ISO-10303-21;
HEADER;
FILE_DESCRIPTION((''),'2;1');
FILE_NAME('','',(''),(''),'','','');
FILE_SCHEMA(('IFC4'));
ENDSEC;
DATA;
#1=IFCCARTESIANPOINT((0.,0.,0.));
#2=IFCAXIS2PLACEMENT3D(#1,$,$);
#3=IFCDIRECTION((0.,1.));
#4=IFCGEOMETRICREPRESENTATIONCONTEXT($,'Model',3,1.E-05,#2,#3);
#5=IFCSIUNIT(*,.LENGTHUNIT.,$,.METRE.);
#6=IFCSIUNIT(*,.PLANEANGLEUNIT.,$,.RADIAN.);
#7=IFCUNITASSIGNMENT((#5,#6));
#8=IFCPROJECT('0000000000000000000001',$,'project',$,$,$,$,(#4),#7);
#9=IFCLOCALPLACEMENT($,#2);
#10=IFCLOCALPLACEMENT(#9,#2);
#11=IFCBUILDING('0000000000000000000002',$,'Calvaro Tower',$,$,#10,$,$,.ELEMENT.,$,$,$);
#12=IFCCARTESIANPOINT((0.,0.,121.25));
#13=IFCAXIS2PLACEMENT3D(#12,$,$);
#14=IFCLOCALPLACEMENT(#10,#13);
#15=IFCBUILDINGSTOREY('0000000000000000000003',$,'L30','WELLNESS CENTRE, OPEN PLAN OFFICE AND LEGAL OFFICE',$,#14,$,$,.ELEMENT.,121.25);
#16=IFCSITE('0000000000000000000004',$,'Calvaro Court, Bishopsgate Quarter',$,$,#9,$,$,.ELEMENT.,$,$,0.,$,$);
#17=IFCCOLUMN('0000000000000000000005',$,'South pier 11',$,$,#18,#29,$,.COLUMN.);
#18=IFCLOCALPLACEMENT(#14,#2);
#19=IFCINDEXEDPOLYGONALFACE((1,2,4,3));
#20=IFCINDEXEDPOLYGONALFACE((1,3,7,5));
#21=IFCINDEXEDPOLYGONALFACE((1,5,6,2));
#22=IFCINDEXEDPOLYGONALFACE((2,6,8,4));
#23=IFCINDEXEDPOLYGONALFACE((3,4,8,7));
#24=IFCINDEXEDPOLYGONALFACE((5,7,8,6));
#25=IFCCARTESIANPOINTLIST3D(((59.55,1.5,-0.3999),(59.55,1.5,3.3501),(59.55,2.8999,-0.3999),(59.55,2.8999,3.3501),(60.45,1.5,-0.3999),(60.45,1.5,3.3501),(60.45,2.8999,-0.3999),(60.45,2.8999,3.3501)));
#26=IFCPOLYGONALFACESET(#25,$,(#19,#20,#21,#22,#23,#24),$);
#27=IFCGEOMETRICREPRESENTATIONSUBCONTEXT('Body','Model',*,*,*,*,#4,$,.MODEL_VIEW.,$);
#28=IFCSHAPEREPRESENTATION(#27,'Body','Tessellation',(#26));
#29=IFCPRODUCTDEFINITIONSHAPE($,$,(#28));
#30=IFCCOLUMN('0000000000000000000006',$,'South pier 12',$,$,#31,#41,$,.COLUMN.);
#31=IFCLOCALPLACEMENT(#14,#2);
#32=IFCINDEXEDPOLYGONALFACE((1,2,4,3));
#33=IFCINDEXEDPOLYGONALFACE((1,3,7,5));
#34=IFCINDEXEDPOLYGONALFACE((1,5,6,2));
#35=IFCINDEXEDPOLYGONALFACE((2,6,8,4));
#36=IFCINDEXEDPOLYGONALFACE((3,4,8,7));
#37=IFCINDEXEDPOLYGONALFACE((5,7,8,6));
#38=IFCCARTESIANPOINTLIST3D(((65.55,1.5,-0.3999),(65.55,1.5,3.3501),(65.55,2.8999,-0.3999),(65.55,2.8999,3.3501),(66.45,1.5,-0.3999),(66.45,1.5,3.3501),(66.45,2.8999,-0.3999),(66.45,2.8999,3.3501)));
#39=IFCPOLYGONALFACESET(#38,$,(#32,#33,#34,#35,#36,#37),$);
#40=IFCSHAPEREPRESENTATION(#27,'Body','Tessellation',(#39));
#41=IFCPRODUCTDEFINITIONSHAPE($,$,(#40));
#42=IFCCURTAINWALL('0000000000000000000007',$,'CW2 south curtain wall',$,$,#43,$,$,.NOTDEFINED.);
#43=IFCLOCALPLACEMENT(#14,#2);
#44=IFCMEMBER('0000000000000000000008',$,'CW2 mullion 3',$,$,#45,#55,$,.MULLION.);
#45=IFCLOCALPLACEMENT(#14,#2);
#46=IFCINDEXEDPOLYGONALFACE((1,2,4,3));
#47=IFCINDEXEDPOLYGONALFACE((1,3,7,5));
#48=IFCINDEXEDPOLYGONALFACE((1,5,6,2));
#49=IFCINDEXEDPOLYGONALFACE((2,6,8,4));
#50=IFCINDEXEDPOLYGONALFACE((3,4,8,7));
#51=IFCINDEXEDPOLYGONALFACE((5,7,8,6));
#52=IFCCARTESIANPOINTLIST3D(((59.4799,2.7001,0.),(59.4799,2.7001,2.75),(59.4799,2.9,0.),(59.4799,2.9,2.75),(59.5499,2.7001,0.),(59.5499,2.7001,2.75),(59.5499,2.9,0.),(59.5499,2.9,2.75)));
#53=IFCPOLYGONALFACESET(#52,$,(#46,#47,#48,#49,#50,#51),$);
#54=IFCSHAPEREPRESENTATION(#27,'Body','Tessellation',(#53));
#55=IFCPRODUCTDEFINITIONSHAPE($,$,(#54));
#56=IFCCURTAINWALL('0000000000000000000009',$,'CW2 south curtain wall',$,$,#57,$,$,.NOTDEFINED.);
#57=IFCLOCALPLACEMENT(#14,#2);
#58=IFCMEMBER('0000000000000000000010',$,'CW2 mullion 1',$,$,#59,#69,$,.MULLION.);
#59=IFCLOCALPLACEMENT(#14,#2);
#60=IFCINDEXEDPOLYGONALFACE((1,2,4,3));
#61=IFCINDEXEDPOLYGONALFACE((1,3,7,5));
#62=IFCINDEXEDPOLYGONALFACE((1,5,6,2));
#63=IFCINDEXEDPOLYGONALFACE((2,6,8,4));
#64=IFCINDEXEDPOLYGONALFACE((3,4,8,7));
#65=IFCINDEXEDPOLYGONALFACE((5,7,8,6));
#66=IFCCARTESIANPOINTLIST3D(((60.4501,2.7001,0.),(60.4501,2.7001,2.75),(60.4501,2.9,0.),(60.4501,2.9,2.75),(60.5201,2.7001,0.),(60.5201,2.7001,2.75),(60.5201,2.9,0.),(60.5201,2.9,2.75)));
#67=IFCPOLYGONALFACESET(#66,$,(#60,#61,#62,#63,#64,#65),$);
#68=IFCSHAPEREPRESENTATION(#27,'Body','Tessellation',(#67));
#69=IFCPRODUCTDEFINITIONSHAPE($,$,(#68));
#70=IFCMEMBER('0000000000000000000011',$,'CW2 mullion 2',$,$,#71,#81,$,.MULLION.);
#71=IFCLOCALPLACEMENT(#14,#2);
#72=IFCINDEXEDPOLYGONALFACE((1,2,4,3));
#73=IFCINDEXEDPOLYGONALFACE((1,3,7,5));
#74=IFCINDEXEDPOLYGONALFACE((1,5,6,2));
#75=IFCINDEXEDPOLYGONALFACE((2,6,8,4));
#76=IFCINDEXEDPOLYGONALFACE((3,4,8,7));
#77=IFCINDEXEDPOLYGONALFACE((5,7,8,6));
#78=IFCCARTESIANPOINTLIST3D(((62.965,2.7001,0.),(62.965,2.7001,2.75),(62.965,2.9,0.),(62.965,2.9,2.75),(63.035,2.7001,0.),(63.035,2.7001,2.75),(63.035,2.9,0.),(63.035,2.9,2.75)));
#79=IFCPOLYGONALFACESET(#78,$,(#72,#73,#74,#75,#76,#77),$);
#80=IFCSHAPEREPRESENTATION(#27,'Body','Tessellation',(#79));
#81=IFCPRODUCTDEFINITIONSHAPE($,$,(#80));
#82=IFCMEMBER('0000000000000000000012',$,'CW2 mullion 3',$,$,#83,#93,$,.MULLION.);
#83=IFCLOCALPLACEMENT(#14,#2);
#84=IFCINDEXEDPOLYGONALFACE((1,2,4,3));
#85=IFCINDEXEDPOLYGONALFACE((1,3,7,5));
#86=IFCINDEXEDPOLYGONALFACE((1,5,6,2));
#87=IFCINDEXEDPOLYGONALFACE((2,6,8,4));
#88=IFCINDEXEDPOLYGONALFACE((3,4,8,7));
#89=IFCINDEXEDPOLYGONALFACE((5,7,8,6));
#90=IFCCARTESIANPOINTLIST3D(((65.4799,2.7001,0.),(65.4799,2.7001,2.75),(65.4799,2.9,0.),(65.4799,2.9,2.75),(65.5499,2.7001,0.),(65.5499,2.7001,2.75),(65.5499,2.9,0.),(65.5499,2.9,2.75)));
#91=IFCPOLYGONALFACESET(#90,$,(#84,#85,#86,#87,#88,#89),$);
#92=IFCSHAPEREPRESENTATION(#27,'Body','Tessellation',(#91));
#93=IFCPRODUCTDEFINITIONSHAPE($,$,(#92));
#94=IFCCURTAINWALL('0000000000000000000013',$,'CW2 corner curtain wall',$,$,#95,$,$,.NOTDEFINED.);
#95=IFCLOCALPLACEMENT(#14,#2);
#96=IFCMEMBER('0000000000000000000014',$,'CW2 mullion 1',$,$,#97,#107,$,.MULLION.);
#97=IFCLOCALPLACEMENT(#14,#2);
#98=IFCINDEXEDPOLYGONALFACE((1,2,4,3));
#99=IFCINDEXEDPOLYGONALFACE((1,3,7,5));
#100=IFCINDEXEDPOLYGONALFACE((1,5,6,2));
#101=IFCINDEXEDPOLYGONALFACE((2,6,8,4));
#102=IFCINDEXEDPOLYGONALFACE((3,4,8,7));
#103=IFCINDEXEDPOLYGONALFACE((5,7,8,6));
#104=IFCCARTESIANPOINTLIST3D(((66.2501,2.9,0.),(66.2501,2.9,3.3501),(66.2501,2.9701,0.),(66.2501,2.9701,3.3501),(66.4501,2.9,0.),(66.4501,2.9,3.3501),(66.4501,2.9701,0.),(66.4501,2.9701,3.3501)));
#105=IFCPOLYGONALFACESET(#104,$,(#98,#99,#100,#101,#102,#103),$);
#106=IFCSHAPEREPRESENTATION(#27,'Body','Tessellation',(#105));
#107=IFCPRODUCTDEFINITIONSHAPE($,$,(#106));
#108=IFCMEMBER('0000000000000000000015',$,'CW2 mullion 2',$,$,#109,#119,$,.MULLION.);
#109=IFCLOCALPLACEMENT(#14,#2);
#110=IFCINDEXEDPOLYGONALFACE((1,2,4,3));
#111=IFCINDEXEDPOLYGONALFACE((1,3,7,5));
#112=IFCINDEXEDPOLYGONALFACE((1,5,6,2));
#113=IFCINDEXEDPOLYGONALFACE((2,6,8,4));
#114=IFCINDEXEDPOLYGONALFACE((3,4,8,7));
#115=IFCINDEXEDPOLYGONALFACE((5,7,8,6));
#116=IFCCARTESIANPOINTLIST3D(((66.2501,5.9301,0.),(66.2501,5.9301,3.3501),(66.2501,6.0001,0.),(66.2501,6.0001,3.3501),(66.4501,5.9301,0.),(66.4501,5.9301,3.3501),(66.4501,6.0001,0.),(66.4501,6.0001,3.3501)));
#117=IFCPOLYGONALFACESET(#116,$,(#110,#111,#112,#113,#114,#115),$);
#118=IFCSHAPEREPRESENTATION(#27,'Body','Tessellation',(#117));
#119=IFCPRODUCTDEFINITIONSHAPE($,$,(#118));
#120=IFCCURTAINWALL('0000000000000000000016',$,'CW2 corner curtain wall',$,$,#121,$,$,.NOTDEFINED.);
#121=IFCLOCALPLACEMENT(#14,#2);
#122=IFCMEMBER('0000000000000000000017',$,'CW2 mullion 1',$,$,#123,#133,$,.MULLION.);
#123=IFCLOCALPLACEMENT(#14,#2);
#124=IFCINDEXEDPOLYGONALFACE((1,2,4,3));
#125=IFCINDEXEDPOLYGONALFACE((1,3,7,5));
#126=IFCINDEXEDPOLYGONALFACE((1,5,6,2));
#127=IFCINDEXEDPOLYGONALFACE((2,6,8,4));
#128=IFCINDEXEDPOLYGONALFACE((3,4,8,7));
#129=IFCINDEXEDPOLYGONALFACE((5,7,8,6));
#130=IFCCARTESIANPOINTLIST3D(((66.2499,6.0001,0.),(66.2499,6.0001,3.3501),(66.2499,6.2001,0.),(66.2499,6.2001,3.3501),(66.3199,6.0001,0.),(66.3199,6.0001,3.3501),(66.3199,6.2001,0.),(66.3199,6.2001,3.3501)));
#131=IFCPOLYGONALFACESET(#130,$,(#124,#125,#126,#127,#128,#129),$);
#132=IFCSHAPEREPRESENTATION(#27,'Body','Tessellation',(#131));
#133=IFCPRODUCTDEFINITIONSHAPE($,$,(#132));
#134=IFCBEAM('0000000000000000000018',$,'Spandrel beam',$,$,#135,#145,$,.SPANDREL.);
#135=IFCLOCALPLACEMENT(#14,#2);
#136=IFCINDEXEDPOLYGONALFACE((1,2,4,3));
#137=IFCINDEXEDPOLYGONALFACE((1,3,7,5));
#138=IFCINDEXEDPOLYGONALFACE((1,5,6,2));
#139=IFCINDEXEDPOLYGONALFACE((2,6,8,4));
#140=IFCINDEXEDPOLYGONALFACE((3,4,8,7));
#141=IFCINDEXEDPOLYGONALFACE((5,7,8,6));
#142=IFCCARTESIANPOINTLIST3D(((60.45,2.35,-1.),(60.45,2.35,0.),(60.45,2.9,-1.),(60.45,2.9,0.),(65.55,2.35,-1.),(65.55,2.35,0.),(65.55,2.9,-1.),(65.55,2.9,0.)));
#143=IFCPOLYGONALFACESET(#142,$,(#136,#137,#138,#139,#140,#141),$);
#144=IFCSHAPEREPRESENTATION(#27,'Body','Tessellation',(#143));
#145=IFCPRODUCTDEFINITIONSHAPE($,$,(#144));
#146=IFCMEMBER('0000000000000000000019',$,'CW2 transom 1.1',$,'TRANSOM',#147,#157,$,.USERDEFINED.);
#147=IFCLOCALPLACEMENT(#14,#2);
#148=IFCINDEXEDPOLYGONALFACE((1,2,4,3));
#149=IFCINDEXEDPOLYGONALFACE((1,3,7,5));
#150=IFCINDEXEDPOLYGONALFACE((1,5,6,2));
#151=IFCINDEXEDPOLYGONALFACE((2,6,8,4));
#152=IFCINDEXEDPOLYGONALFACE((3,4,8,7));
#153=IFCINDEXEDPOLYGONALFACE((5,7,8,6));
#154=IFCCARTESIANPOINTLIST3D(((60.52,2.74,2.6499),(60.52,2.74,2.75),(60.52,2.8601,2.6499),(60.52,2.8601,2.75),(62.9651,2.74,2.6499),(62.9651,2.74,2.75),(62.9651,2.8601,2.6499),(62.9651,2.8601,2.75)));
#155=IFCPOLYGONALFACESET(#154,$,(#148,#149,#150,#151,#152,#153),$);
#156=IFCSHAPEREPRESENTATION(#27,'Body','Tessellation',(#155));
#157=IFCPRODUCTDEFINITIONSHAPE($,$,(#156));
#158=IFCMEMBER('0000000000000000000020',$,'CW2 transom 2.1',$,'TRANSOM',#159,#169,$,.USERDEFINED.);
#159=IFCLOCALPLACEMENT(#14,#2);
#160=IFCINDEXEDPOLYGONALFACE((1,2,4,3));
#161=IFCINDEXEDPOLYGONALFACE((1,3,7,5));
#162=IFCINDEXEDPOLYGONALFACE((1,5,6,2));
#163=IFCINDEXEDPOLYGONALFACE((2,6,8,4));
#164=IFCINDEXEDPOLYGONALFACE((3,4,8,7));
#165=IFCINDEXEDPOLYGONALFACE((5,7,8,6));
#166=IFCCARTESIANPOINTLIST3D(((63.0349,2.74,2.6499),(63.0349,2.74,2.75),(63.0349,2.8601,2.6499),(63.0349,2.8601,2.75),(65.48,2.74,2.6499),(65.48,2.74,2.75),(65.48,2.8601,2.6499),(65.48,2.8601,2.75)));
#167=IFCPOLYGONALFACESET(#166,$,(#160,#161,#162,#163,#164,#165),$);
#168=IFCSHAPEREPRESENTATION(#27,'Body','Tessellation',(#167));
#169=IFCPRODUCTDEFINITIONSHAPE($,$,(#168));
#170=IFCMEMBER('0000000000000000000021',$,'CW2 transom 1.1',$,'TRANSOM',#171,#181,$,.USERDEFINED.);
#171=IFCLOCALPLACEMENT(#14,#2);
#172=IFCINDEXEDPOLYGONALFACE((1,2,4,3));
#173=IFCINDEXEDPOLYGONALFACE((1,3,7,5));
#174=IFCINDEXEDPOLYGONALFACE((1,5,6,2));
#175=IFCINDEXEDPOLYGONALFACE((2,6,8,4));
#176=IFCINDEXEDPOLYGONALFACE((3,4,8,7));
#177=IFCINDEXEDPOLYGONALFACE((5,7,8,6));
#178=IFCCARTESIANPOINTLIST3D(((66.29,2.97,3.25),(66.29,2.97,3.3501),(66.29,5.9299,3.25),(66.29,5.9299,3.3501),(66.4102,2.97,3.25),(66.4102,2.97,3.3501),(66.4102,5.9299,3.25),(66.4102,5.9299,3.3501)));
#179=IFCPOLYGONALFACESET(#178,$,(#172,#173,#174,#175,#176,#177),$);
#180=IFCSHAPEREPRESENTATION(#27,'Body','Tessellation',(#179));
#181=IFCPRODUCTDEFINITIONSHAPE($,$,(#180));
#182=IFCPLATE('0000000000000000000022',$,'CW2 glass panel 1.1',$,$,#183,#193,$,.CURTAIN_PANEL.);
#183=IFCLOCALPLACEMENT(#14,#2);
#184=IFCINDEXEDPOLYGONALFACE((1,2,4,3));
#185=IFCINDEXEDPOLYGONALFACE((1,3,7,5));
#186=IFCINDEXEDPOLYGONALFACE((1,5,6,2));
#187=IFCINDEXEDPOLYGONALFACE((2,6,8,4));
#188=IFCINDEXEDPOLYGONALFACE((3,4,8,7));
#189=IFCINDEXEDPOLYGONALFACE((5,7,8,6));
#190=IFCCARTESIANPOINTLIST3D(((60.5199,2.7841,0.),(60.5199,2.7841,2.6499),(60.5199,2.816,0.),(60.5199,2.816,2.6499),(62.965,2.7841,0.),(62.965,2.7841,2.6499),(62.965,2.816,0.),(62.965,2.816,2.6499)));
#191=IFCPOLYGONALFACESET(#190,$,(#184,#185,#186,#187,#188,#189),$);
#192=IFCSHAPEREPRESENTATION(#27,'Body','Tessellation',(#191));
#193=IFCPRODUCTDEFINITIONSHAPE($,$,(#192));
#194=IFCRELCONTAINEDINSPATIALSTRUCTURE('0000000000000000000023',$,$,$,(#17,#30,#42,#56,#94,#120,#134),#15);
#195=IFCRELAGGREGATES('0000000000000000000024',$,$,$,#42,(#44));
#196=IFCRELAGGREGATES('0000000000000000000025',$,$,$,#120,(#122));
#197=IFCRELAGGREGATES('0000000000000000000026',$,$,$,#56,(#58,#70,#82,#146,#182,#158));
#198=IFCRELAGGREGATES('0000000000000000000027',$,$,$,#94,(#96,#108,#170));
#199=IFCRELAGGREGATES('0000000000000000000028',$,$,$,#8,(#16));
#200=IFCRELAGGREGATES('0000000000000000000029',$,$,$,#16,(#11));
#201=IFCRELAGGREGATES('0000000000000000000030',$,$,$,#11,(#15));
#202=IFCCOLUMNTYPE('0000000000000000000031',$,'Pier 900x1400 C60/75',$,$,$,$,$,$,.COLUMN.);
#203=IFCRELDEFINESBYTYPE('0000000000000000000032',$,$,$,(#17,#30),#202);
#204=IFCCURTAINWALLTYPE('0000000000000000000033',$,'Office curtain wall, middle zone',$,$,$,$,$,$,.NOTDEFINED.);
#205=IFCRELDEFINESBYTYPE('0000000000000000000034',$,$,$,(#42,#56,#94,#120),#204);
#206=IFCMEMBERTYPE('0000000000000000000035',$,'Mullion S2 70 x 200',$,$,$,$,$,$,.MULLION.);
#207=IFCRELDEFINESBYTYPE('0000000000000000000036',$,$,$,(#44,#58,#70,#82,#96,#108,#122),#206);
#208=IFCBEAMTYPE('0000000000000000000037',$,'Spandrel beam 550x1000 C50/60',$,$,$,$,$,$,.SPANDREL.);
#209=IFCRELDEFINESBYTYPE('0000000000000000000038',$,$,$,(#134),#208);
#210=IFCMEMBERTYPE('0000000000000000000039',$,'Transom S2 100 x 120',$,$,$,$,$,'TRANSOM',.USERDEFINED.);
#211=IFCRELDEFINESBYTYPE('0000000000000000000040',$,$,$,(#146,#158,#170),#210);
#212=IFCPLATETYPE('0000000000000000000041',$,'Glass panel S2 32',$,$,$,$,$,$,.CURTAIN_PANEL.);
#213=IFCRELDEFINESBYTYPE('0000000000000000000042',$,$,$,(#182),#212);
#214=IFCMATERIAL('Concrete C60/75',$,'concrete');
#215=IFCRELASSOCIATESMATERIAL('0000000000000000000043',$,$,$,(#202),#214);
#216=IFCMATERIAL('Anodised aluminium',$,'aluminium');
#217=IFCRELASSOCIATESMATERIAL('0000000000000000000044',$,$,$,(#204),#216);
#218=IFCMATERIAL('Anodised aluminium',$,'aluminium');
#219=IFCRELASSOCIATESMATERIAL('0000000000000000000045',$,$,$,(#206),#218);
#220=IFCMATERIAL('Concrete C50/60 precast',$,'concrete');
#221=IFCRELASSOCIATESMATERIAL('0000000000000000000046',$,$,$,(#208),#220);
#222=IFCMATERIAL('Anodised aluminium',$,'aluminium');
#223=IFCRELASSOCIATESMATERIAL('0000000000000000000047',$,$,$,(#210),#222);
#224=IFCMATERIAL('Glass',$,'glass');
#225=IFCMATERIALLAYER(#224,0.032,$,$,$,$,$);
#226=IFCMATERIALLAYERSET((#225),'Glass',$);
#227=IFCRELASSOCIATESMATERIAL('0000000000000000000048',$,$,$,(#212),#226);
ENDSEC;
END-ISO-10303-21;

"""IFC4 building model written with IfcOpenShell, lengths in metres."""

from ifc_helpers import new_model, si_unit, direction, frame, origin, origin_2d, place, context, subcontext, project, spatial, rectangle, extrude, material, layer, layer_set, material_profile, profile_set, type_object, element, aggregate, save


model = new_model("IFC4")

# Units and contexts
model_context = context("Model", 3, precision=1e-05, world=origin(), true_north=direction((0.0, 1.0)))
body_context = subcontext(model_context, "Body", "Model", "MODEL_VIEW")
ifc_project = project(units=[si_unit("LENGTHUNIT", "METRE"), si_unit("PLANEANGLEUNIT", "RADIAN")], contexts=[model_context])

# Site, building, storey
site_placement = place(None, origin())
site = spatial("IfcSite", under=ifc_project, at=site_placement, Name="Calvaro Court, Bishopsgate Quarter", CompositionType="ELEMENT", RefElevation=0.0)
building_placement = place(site_placement, origin())
building = spatial("IfcBuilding", under=site, at=building_placement, Name="Calvaro Tower", CompositionType="ELEMENT")
storey_placement = place(building_placement, frame((0.0, 0.0, 121.25)))
storey = spatial("IfcBuildingStorey", under=building, at=storey_placement, Name="L30", Description="WELLNESS CENTRE, OPEN PLAN OFFICE AND LEGAL OFFICE", CompositionType="ELEMENT", Elevation=121.25)

# Columns
ifc_material_1 = material(Name="Concrete C60/75", Category="concrete")
ifc_material_profile_1 = material_profile(ifc_material_1, rectangle(XDim=0.8999, YDim=1.3999, at=origin_2d()), Name="RC 900x1400")
ifc_profile_set_1 = profile_set([ifc_material_profile_1], Name="Concrete C60/75")
column_type = type_object("IfcColumnType", Name="Pier 900x1400 C60/75", PredefinedType="COLUMN", material=ifc_profile_set_1)
for number, where, z_axis, x_axis, name in (
    (1, (60.0, 2.2, -0.3999), (0.0, 0.0, 1.0), (1.0, 0.0, 0.0), "South pier 11"),
    (2, (66.0, 2.2, -0.3999), (0.0, 0.0, 1.0), (1.0, 0.0, 0.0), "South pier 12"),
):
    element("IfcColumn", number, at=place(storey_placement, frame(where, z_axis=z_axis, x_axis=x_axis)), inside=storey, type_object=column_type, Name=name, PredefinedType="COLUMN", context=body_context, shape_type="SweptSolid", body=[
        extrude(rectangle(XDim=0.8999, YDim=1.3999, at=origin_2d()), origin(), (0.0, 0.0, 1.0), 3.75),
    ])

# Curtain wall, member
ifc_material_2 = material(Name="Anodised aluminium", Category="aluminium")
curtain_wall_type = type_object("IfcCurtainWallType", Name="Office curtain wall, middle zone", PredefinedType="NOTDEFINED", material=ifc_material_2)
curtain_wall_1_placement = place(storey_placement, origin())
curtain_wall_1 = element("IfcCurtainWall", 3, at=curtain_wall_1_placement, inside=storey, type_object=curtain_wall_type, Name="CW2 south curtain wall", PredefinedType="NOTDEFINED")
ifc_material_3 = material(Name="Anodised aluminium", Category="aluminium")
ifc_material_profile_2 = material_profile(ifc_material_3, rectangle(XDim=0.2, YDim=0.0701, at=origin_2d()), Name="Mullion S2 70 x 200")
ifc_profile_set_2 = profile_set([ifc_material_profile_2], Name="Anodised aluminium")
member_type_1 = type_object("IfcMemberType", Name="Mullion S2 70 x 200", PredefinedType="MULLION", material=ifc_profile_set_2)
member_1_placement = place(storey_placement, frame((59.5149, 2.8, 0.0), z_axis=(0.0, 0.0, 1.0), x_axis=(0.0, 1.0, 0.0)))
member_1 = element("IfcMember", 4, at=member_1_placement, type_object=member_type_1, Name="CW2 mullion 3", PredefinedType="MULLION", context=body_context, shape_type="SweptSolid", body=[
    extrude(rectangle(XDim=0.2, YDim=0.0701, at=origin_2d()), origin(), (0.0, 0.0, 1.0), 2.75),
])
aggregate(curtain_wall_1, [member_1])

# Curtain walls, members
curtain_wall_2_placement = place(storey_placement, origin())
curtain_wall_2 = element("IfcCurtainWall", 5, at=curtain_wall_2_placement, inside=storey, type_object=curtain_wall_type, Name="CW2 south curtain wall", PredefinedType="NOTDEFINED")
member_2_placement = place(storey_placement, frame((60.4851, 2.8, 0.0), z_axis=(0.0, 0.0, 1.0), x_axis=(0.0, 1.0, 0.0)))
member_2 = element("IfcMember", 6, at=member_2_placement, type_object=member_type_1, Name="CW2 mullion 1", PredefinedType="MULLION", context=body_context, shape_type="SweptSolid", body=[
    extrude(rectangle(XDim=0.2, YDim=0.0701, at=origin_2d()), origin(), (0.0, 0.0, 1.0), 2.75),
])
member_3_placement = place(storey_placement, frame((63.0, 2.8, 0.0), z_axis=(0.0, 0.0, 1.0), x_axis=(0.0, 1.0, 0.0)))
member_3 = element("IfcMember", 7, at=member_3_placement, type_object=member_type_1, Name="CW2 mullion 2", PredefinedType="MULLION", context=body_context, shape_type="SweptSolid", body=[
    extrude(rectangle(XDim=0.2, YDim=0.0701, at=origin_2d()), origin(), (0.0, 0.0, 1.0), 2.75),
])
member_4_placement = place(storey_placement, frame((65.5149, 2.8, 0.0), z_axis=(0.0, 0.0, 1.0), x_axis=(0.0, 1.0, 0.0)))
member_4 = element("IfcMember", 8, at=member_4_placement, type_object=member_type_1, Name="CW2 mullion 3", PredefinedType="MULLION", context=body_context, shape_type="SweptSolid", body=[
    extrude(rectangle(XDim=0.2, YDim=0.0701, at=origin_2d()), origin(), (0.0, 0.0, 1.0), 2.75),
])
curtain_wall_3_placement = place(storey_placement, origin())
curtain_wall_3 = element("IfcCurtainWall", 9, at=curtain_wall_3_placement, inside=storey, type_object=curtain_wall_type, Name="CW2 corner curtain wall", PredefinedType="NOTDEFINED")
member_5_placement = place(storey_placement, frame((66.3501, 2.9351, 0.0), z_axis=(0.0, 0.0, 1.0), x_axis=(-1.0, 0.0, 0.0)))
member_5 = element("IfcMember", 10, at=member_5_placement, type_object=member_type_1, Name="CW2 mullion 1", PredefinedType="MULLION", context=body_context, shape_type="SweptSolid", body=[
    extrude(rectangle(XDim=0.2, YDim=0.0701, at=origin_2d()), origin(), (0.0, 0.0, 1.0), 3.3501),
])
member_6_placement = place(storey_placement, frame((66.3501, 5.9651, 0.0), z_axis=(0.0, 0.0, 1.0), x_axis=(-1.0, 0.0, 0.0)))
member_6 = element("IfcMember", 11, at=member_6_placement, type_object=member_type_1, Name="CW2 mullion 2", PredefinedType="MULLION", context=body_context, shape_type="SweptSolid", body=[
    extrude(rectangle(XDim=0.2, YDim=0.0701, at=origin_2d()), origin(), (0.0, 0.0, 1.0), 3.3501),
])

# Curtain wall, member
curtain_wall_4_placement = place(storey_placement, origin())
curtain_wall_4 = element("IfcCurtainWall", 12, at=curtain_wall_4_placement, inside=storey, type_object=curtain_wall_type, Name="CW2 corner curtain wall", PredefinedType="NOTDEFINED")
member_7_placement = place(storey_placement, frame((66.2849, 6.1001, 0.0), z_axis=(0.0, 0.0, 1.0), x_axis=(0.0, 1.0, 0.0)))
member_7 = element("IfcMember", 13, at=member_7_placement, type_object=member_type_1, Name="CW2 mullion 1", PredefinedType="MULLION", context=body_context, shape_type="SweptSolid", body=[
    extrude(rectangle(XDim=0.2, YDim=0.0701, at=origin_2d()), origin(), (0.0, 0.0, 1.0), 3.3501),
])
aggregate(curtain_wall_4, [member_7])

# Beam
ifc_material_4 = material(Name="Concrete C50/60 precast", Category="concrete")
ifc_material_profile_3 = material_profile(ifc_material_4, rectangle(XDim=0.55, YDim=1.0, at=origin_2d()), Name="RC 550x1000")
ifc_profile_set_3 = profile_set([ifc_material_profile_3], Name="Concrete C50/60 precast")
beam_type = type_object("IfcBeamType", Name="Spandrel beam 550x1000 C50/60", PredefinedType="SPANDREL", material=ifc_profile_set_3)
beam_placement = place(storey_placement, frame((60.45, 2.625, -0.5), z_axis=(1.0, 0.0, 0.0), x_axis=(0.0, 1.0, 0.0)))
element("IfcBeam", 14, at=beam_placement, inside=storey, type_object=beam_type, Name="Spandrel beam", PredefinedType="SPANDREL", context=body_context, shape_type="SweptSolid", body=[
    extrude(rectangle(XDim=0.55, YDim=1.0, at=origin_2d()), origin(), (0.0, 0.0, 1.0), 5.1001),
])

# Members
ifc_material_5 = material(Name="Anodised aluminium", Category="aluminium")
ifc_material_profile_4 = material_profile(ifc_material_5, rectangle(XDim=0.1201, YDim=0.1001, at=origin_2d()), Name="Transom S2 100 x 120")
ifc_profile_set_4 = profile_set([ifc_material_profile_4], Name="Anodised aluminium")
member_type_2 = type_object("IfcMemberType", Name="Transom S2 100 x 120", ElementType="TRANSOM", PredefinedType="USERDEFINED", material=ifc_profile_set_4)
member_8_placement = place(storey_placement, frame((60.52, 2.8, 2.7), z_axis=(1.0, 0.0, 0.0), x_axis=(0.0, 1.0, 0.0)))
member_8 = element("IfcMember", 15, at=member_8_placement, type_object=member_type_2, Name="CW2 transom 1.1", ObjectType="TRANSOM", PredefinedType="USERDEFINED", context=body_context, shape_type="SweptSolid", body=[
    extrude(rectangle(XDim=0.1201, YDim=0.1001, at=origin_2d()), origin(), (0.0, 0.0, 1.0), 2.4451),
])
member_9_placement = place(storey_placement, frame((63.0349, 2.8, 2.7), z_axis=(1.0, 0.0, 0.0), x_axis=(0.0, 1.0, 0.0)))
member_9 = element("IfcMember", 16, at=member_9_placement, type_object=member_type_2, Name="CW2 transom 2.1", ObjectType="TRANSOM", PredefinedType="USERDEFINED", context=body_context, shape_type="SweptSolid", body=[
    extrude(rectangle(XDim=0.1201, YDim=0.1001, at=origin_2d()), origin(), (0.0, 0.0, 1.0), 2.4451),
])
member_10_placement = place(storey_placement, frame((66.3501, 2.97, 3.3), z_axis=(0.0, 1.0, 0.0), x_axis=(-1.0, 0.0, 0.0)))
member_10 = element("IfcMember", 17, at=member_10_placement, type_object=member_type_2, Name="CW2 transom 1.1", ObjectType="TRANSOM", PredefinedType="USERDEFINED", context=body_context, shape_type="SweptSolid", body=[
    extrude(rectangle(XDim=0.1201, YDim=0.1001, at=origin_2d()), origin(), (0.0, 0.0, 1.0), 2.96),
])

# Plate
ifc_material_6 = material(Name="Glass", Category="glass")
ifc_layer_1 = layer(ifc_material_6, 0.032)
ifc_layer_set_1 = layer_set([ifc_layer_1], Name="Glass")
plate_type = type_object("IfcPlateType", Name="Glass panel S2 32", PredefinedType="CURTAIN_PANEL", material=ifc_layer_set_1)
plate_1_placement = place(storey_placement, frame((61.7424, 2.8, 0.0), z_axis=(0.0, 0.0, 1.0), x_axis=(1.0, 0.0, 0.0)))
plate_1 = element("IfcPlate", 18, at=plate_1_placement, type_object=plate_type, Name="CW2 glass panel 1.1", PredefinedType="CURTAIN_PANEL", context=body_context, shape_type="SweptSolid", body=[
    extrude(rectangle(XDim=2.4451, YDim=0.032, at=origin_2d()), origin(), (0.0, 0.0, 1.0), 2.6499),
])
aggregate(curtain_wall_2, [member_2, member_3, member_4, member_8, plate_1, member_9])
aggregate(curtain_wall_3, [member_5, member_6, member_10])

save(model, "model.ifc")
